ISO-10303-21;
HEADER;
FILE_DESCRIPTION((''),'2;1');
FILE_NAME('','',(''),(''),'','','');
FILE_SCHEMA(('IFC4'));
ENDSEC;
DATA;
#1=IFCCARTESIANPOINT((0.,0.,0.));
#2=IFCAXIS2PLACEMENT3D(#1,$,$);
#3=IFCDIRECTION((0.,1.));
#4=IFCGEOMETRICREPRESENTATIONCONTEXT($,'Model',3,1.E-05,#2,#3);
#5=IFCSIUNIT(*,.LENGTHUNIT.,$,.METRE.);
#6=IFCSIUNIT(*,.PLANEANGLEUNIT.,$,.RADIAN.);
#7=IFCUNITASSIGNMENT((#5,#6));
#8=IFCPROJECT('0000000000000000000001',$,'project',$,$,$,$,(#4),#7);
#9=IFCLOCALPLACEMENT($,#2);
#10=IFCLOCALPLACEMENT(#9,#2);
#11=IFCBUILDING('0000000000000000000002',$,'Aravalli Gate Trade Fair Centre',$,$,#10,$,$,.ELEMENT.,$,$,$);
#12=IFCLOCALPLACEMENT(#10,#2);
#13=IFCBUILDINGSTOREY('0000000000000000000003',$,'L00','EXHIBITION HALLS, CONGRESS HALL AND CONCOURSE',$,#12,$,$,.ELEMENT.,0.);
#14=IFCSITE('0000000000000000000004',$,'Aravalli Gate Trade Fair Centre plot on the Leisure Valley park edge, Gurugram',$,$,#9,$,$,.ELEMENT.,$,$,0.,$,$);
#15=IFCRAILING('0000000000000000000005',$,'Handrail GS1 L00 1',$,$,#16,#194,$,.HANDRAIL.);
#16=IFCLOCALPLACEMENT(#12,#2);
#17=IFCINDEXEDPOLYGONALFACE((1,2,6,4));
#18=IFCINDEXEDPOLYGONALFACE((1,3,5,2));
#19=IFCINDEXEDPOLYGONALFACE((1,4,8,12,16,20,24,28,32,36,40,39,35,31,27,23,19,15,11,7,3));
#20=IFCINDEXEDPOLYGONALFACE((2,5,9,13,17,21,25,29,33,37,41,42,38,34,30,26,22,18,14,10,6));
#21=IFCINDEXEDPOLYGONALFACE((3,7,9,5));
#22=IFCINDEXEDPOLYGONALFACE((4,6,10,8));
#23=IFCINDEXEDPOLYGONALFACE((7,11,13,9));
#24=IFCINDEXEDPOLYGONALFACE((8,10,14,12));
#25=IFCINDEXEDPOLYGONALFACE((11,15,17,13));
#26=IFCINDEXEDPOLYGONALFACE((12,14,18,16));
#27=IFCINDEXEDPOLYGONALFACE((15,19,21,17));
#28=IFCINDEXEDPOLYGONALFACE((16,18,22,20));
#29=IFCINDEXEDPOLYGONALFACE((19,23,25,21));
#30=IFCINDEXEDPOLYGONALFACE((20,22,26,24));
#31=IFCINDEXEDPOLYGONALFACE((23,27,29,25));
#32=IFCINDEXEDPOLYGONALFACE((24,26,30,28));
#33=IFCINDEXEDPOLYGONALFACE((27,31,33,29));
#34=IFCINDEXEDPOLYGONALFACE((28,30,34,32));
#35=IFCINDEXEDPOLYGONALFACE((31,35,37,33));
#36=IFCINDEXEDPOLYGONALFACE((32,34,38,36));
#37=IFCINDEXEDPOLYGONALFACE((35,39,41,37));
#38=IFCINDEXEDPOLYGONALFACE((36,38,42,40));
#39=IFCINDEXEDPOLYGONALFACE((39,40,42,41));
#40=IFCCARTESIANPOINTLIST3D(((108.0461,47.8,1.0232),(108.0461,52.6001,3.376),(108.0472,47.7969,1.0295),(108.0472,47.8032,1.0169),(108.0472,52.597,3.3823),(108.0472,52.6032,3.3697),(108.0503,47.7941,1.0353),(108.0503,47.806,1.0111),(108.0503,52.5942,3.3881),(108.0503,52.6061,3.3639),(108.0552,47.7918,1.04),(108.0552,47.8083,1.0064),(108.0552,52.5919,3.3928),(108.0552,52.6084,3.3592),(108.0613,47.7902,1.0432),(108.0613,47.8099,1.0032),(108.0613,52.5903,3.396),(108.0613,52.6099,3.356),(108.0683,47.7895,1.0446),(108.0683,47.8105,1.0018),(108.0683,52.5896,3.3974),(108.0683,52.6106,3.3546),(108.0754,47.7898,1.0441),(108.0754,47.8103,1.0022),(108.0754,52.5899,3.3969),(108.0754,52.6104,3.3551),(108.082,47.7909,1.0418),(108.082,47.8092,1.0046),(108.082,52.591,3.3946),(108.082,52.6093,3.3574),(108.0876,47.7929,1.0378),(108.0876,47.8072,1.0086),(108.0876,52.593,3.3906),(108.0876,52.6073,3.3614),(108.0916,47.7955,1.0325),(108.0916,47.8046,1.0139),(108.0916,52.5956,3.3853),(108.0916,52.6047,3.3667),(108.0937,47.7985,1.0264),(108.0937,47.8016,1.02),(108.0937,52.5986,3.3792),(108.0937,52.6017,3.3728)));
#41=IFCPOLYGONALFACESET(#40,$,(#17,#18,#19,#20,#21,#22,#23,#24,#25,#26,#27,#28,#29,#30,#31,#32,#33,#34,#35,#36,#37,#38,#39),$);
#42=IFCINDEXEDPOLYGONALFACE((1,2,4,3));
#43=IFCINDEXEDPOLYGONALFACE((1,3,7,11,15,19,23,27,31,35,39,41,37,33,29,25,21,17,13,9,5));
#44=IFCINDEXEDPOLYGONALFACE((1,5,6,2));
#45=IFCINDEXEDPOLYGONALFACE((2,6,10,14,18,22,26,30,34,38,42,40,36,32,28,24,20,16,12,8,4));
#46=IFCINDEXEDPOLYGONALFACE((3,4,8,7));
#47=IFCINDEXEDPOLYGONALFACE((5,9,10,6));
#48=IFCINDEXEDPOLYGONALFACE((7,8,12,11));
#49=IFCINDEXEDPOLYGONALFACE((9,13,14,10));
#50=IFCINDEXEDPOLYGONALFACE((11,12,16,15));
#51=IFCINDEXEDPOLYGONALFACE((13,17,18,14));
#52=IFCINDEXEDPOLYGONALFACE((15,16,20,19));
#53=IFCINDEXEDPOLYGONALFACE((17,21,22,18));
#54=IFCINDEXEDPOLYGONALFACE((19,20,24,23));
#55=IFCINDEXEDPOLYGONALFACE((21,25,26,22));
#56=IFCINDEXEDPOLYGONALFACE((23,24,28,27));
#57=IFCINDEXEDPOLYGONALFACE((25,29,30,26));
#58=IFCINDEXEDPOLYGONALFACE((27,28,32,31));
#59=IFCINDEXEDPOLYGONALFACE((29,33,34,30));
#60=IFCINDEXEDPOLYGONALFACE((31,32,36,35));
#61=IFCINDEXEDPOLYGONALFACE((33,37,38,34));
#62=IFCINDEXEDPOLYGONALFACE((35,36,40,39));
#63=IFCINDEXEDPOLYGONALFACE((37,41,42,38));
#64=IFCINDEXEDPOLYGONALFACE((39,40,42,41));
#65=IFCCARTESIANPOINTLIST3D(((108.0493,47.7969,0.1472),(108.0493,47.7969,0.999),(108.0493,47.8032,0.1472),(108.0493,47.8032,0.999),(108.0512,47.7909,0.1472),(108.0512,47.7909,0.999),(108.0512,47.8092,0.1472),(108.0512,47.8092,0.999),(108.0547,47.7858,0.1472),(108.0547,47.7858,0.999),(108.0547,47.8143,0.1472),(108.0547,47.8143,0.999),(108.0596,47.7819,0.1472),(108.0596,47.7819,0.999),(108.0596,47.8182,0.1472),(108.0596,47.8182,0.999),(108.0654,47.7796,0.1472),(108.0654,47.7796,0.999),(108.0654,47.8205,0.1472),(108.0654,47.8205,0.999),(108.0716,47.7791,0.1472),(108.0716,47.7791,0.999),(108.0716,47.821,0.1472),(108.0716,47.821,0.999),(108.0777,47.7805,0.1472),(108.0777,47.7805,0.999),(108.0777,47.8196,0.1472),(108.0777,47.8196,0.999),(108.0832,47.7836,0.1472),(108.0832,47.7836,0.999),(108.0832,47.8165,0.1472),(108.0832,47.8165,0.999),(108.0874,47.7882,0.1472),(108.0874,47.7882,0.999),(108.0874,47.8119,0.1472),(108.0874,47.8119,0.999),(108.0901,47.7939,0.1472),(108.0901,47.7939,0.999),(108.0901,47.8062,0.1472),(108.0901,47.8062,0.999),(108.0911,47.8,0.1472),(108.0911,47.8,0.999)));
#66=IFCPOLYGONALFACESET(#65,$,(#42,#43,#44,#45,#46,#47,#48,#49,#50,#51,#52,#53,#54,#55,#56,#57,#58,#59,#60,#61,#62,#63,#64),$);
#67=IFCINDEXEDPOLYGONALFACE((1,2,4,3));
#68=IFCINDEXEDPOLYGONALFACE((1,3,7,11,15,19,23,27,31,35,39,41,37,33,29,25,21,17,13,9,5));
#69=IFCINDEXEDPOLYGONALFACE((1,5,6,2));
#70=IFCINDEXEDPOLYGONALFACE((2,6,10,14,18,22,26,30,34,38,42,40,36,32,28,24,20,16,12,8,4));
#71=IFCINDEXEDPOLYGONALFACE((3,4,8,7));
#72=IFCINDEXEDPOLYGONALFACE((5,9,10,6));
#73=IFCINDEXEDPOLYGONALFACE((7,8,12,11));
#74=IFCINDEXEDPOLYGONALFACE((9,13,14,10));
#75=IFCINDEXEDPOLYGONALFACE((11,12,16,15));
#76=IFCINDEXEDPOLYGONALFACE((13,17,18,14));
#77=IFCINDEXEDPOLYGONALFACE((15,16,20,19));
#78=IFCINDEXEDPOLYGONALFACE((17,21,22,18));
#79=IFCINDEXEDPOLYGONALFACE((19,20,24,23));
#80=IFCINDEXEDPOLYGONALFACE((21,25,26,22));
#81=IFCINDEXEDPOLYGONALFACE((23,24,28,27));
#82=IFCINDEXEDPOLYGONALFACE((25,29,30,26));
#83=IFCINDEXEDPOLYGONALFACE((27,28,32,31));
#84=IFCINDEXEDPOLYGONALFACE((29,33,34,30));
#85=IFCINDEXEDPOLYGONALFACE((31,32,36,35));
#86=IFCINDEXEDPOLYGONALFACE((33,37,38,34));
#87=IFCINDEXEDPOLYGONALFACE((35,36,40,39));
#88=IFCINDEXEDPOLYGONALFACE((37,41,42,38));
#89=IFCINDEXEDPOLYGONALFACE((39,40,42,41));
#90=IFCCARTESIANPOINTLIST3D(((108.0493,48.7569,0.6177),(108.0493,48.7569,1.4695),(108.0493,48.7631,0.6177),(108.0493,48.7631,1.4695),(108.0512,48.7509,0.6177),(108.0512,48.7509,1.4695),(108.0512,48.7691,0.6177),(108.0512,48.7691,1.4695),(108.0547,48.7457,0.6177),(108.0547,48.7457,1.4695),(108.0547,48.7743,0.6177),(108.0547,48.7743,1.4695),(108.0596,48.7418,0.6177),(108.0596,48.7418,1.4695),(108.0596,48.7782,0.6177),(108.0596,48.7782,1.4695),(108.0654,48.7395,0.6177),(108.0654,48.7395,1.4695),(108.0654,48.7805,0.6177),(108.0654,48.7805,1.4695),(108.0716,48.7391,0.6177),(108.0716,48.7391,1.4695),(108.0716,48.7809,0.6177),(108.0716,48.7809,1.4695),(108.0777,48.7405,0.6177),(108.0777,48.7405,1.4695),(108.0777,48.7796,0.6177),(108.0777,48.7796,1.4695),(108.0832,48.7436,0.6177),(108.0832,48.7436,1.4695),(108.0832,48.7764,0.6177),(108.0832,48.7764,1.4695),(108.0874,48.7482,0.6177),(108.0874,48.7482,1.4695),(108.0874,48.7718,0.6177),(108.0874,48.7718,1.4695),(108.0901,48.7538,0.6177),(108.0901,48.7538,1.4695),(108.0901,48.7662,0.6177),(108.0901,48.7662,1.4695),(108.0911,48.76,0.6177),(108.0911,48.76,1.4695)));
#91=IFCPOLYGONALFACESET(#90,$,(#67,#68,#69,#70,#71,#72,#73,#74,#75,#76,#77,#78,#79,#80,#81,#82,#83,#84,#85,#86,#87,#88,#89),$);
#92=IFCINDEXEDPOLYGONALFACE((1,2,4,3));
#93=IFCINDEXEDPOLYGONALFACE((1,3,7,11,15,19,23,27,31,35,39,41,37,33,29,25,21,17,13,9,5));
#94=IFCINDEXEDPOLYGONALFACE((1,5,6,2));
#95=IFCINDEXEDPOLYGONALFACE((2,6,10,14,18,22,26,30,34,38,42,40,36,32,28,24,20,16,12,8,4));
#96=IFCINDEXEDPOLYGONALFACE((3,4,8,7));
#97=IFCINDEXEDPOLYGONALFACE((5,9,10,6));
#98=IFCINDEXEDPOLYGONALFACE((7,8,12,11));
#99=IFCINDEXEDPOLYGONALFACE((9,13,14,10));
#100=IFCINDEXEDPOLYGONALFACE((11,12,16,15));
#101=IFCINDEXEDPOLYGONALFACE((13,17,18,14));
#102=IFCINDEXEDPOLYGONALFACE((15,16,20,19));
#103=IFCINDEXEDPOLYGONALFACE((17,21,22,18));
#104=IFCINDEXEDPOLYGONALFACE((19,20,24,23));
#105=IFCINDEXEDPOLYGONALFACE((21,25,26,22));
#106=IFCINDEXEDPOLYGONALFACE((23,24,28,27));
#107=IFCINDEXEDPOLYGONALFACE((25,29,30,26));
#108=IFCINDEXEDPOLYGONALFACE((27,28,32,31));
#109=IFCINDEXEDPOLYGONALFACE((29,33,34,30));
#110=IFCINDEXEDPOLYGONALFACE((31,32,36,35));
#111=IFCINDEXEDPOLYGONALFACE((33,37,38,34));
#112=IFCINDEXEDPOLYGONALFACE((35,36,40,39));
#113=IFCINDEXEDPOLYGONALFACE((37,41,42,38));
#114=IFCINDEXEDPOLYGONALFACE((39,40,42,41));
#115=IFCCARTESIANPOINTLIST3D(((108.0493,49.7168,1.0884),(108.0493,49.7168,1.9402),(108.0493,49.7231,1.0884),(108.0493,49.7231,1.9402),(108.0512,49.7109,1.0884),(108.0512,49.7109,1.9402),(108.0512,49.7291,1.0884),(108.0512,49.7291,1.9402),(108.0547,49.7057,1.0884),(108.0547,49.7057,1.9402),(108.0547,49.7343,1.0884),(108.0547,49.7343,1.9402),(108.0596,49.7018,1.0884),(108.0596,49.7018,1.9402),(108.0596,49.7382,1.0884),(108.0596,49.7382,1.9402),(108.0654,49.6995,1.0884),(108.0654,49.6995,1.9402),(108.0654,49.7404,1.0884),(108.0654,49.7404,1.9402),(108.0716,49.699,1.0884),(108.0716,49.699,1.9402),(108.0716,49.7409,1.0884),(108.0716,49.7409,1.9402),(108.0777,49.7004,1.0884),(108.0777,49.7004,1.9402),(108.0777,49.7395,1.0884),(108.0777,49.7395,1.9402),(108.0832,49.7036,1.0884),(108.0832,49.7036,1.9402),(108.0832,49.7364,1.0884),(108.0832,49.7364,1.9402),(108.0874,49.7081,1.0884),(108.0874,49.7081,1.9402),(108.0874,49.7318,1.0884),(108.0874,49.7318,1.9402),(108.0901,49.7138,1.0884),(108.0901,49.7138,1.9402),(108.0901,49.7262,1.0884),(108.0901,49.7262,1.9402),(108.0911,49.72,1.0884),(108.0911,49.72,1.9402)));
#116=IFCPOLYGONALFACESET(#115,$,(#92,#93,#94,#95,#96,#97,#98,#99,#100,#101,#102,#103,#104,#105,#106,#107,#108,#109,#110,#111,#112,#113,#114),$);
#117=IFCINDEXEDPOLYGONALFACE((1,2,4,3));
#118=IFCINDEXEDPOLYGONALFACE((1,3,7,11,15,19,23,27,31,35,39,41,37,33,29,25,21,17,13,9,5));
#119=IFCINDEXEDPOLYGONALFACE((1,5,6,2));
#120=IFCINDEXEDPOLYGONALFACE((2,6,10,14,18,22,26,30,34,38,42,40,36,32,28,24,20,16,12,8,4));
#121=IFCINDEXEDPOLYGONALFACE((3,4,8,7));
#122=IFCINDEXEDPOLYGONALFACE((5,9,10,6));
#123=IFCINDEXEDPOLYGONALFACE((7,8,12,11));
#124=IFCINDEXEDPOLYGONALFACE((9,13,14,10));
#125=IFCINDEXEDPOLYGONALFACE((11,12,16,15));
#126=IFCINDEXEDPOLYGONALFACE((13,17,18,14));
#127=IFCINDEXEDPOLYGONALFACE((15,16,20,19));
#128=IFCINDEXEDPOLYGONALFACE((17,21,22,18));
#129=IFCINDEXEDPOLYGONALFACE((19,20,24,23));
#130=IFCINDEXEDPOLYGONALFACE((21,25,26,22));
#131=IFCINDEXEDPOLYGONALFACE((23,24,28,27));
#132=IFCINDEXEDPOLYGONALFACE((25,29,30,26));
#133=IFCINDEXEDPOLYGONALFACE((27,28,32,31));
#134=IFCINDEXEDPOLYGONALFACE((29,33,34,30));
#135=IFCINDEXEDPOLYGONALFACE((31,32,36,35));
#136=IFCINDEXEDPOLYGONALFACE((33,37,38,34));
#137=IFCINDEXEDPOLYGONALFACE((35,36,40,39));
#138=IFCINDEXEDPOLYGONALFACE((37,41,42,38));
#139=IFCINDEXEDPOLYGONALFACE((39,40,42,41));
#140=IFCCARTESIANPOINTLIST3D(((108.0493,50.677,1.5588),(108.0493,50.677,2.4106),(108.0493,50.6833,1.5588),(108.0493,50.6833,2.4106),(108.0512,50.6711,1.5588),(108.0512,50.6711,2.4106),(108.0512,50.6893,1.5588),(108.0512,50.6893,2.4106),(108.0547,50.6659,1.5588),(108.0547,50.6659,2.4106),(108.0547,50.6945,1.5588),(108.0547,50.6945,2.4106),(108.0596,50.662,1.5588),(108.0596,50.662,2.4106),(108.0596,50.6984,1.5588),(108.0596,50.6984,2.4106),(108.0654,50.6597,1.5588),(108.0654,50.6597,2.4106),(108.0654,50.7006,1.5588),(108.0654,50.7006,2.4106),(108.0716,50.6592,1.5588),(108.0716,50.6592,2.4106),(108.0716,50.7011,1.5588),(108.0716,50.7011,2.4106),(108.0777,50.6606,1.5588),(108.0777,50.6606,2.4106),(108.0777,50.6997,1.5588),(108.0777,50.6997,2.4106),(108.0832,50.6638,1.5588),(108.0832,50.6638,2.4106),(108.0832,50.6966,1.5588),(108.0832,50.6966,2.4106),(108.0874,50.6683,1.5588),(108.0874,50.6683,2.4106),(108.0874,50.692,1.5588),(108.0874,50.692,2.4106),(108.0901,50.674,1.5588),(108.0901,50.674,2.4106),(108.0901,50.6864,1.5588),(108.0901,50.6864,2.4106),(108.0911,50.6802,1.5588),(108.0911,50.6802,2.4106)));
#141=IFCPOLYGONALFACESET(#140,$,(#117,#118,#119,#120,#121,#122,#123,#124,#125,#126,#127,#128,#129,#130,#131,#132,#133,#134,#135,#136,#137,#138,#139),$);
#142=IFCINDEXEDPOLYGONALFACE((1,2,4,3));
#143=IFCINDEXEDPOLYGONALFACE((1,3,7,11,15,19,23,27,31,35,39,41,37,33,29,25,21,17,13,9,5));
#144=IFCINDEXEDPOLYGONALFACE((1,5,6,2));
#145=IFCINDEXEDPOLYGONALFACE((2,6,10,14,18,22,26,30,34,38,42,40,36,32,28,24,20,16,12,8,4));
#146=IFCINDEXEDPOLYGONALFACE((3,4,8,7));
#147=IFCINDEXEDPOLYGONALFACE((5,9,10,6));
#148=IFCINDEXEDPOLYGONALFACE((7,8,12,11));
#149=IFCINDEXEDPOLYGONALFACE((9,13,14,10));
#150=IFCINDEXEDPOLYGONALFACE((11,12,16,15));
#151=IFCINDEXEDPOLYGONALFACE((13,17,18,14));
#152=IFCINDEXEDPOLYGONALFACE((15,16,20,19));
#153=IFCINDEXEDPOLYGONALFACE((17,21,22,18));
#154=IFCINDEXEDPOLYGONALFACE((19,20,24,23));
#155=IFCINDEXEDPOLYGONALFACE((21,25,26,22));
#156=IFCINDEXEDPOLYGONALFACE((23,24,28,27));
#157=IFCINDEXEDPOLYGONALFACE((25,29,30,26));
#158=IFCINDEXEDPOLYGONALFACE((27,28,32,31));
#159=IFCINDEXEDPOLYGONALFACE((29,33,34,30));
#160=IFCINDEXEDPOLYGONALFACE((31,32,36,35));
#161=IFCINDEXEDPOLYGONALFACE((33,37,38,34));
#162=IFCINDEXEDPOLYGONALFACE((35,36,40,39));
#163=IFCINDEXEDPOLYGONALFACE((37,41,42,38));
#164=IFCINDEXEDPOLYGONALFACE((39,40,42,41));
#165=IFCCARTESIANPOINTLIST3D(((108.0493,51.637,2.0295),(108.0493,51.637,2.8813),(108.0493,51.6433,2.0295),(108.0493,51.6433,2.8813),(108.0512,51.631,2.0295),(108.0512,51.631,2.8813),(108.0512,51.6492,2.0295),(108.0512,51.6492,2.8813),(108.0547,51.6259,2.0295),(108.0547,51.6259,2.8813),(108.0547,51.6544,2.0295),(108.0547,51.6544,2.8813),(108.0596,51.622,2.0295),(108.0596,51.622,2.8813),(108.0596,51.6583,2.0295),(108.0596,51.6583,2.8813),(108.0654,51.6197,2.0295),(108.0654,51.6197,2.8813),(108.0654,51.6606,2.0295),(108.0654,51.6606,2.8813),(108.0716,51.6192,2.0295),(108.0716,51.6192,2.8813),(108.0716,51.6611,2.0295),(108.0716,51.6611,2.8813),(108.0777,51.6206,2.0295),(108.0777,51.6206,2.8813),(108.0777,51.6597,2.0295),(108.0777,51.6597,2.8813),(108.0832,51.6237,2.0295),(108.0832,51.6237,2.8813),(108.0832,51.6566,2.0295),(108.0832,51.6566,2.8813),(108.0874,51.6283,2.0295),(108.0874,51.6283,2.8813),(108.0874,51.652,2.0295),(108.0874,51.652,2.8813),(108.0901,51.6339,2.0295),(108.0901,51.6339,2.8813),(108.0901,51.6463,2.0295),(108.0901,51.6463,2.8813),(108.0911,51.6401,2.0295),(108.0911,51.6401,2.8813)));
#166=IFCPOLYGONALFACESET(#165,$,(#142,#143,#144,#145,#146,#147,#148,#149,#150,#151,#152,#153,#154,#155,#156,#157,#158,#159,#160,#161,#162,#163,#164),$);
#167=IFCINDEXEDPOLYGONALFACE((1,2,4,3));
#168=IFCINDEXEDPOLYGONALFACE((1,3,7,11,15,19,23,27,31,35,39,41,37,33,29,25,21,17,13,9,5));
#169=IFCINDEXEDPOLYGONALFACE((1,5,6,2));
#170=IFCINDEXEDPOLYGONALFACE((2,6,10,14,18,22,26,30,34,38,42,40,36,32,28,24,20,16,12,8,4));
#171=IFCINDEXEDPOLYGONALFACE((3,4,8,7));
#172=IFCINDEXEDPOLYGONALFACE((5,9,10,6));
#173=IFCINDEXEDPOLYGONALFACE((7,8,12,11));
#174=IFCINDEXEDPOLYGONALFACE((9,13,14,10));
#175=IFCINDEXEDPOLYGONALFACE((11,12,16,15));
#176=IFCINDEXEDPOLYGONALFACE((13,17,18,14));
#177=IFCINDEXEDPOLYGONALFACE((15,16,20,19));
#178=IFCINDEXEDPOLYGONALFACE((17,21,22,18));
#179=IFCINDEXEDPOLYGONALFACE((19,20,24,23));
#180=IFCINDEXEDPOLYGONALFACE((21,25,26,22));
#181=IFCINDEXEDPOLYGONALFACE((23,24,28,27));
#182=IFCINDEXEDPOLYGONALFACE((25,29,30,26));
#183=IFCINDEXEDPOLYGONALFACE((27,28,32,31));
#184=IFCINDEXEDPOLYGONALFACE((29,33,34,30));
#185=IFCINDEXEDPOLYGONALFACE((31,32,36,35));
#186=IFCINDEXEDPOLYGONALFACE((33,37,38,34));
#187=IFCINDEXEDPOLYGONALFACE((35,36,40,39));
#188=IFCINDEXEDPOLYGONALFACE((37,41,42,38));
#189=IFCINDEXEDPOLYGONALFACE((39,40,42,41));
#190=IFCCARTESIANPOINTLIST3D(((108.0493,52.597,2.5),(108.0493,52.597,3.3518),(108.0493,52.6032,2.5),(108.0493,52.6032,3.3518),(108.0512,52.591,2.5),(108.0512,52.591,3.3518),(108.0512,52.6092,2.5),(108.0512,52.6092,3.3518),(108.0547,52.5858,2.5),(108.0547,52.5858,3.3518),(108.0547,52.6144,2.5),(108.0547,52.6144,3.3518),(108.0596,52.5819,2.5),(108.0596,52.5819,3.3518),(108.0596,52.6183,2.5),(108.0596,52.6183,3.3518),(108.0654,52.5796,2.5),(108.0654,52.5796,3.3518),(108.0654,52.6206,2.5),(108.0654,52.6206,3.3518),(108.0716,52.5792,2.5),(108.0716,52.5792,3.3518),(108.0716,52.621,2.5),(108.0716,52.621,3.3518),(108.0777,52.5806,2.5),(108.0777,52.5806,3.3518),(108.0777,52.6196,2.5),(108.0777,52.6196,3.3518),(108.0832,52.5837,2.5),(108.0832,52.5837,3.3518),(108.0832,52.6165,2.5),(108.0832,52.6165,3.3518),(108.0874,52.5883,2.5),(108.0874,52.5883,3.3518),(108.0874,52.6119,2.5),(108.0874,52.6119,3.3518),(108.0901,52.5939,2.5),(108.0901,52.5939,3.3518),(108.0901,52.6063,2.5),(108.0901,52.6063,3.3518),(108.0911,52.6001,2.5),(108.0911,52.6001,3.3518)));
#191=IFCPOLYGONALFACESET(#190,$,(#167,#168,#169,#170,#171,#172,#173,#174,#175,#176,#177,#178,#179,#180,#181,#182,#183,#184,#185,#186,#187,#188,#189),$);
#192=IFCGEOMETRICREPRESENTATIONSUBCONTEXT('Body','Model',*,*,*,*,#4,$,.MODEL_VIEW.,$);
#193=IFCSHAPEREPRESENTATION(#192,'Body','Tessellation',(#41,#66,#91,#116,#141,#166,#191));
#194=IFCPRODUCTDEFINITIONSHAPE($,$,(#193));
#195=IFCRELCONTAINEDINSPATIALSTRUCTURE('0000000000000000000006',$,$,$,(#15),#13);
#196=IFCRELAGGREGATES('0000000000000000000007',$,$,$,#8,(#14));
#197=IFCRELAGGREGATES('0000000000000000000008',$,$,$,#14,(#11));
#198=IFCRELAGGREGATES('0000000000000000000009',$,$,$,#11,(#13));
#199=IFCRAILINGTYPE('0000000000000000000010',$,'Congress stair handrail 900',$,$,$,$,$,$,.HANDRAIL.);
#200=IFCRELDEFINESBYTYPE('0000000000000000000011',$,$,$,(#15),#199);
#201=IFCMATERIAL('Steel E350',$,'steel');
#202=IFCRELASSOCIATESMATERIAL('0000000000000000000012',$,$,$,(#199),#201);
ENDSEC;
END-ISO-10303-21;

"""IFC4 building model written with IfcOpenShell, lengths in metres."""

from ifc_helpers import new_model, si_unit, direction, frame, origin, origin_2d, place, context, subcontext, project, spatial, circle, extrude, material, type_object, element, save


model = new_model("IFC4")

# Units and contexts
model_context = context("Model", 3, precision=1e-05, world=origin(), true_north=direction((0.0, 1.0)))
body_context = subcontext(model_context, "Body", "Model", "MODEL_VIEW")
ifc_project = project(units=[si_unit("LENGTHUNIT", "METRE"), si_unit("PLANEANGLEUNIT", "RADIAN")], contexts=[model_context])

# Site, building, storey
site_placement = place(None, origin())
site = spatial("IfcSite", under=ifc_project, at=site_placement, Name="Aravalli Gate Trade Fair Centre plot on the Leisure Valley park edge, Gurugram", CompositionType="ELEMENT", RefElevation=0.0)
building_placement = place(site_placement, origin())
building = spatial("IfcBuilding", under=site, at=building_placement, Name="Aravalli Gate Trade Fair Centre", CompositionType="ELEMENT")
storey_placement = place(building_placement, origin())
storey = spatial("IfcBuildingStorey", under=building, at=storey_placement, Name="L00", Description="EXHIBITION HALLS, CONGRESS HALL AND CONCOURSE", CompositionType="ELEMENT", Elevation=0.0)

# Railing
ifc_material_1 = material(Name="Steel E350", Category="steel")
railing_type = type_object("IfcRailingType", Name="Congress stair handrail 900", PredefinedType="HANDRAIL", material=ifc_material_1)
for number, where, name in (
    (1, (108.0701, 47.8, 0.1472), "Handrail GS1 L00 1"),
):
    element("IfcRailing", number, at=place(storey_placement, frame(where)), inside=storey, type_object=railing_type, Name=name, PredefinedType="HANDRAIL", context=body_context, shape_type="SweptSolid", body=[
        extrude(circle(Radius=0.0239, at=origin_2d()), frame((0.0, 0.0, 0.876), z_axis=(0.0, 0.897934, 0.44013), x_axis=(-1.0, 0.0, 0.0)), (0.0, 0.0, 1.0), 5.3457),
        extrude(circle(Radius=0.021, at=origin_2d()), origin(), (0.0, 0.0, 1.0), 0.8518),
        extrude(circle(Radius=0.021, at=origin_2d()), frame((0.0, 0.96, 0.4705)), (0.0, 0.0, 1.0), 0.8518),
        extrude(circle(Radius=0.021, at=origin_2d()), frame((0.0, 1.9199, 0.9412)), (0.0, 0.0, 1.0), 0.8518),
        extrude(circle(Radius=0.021, at=origin_2d()), frame((0.0, 2.8801, 1.4116)), (0.0, 0.0, 1.0), 0.8518),
        extrude(circle(Radius=0.021, at=origin_2d()), frame((0.0, 3.8401, 1.8823)), (0.0, 0.0, 1.0), 0.8518),
        extrude(circle(Radius=0.021, at=origin_2d()), frame((0.0, 4.8, 2.3528)), (0.0, 0.0, 1.0), 0.8518),
    ])

save(model, "model.ifc")
